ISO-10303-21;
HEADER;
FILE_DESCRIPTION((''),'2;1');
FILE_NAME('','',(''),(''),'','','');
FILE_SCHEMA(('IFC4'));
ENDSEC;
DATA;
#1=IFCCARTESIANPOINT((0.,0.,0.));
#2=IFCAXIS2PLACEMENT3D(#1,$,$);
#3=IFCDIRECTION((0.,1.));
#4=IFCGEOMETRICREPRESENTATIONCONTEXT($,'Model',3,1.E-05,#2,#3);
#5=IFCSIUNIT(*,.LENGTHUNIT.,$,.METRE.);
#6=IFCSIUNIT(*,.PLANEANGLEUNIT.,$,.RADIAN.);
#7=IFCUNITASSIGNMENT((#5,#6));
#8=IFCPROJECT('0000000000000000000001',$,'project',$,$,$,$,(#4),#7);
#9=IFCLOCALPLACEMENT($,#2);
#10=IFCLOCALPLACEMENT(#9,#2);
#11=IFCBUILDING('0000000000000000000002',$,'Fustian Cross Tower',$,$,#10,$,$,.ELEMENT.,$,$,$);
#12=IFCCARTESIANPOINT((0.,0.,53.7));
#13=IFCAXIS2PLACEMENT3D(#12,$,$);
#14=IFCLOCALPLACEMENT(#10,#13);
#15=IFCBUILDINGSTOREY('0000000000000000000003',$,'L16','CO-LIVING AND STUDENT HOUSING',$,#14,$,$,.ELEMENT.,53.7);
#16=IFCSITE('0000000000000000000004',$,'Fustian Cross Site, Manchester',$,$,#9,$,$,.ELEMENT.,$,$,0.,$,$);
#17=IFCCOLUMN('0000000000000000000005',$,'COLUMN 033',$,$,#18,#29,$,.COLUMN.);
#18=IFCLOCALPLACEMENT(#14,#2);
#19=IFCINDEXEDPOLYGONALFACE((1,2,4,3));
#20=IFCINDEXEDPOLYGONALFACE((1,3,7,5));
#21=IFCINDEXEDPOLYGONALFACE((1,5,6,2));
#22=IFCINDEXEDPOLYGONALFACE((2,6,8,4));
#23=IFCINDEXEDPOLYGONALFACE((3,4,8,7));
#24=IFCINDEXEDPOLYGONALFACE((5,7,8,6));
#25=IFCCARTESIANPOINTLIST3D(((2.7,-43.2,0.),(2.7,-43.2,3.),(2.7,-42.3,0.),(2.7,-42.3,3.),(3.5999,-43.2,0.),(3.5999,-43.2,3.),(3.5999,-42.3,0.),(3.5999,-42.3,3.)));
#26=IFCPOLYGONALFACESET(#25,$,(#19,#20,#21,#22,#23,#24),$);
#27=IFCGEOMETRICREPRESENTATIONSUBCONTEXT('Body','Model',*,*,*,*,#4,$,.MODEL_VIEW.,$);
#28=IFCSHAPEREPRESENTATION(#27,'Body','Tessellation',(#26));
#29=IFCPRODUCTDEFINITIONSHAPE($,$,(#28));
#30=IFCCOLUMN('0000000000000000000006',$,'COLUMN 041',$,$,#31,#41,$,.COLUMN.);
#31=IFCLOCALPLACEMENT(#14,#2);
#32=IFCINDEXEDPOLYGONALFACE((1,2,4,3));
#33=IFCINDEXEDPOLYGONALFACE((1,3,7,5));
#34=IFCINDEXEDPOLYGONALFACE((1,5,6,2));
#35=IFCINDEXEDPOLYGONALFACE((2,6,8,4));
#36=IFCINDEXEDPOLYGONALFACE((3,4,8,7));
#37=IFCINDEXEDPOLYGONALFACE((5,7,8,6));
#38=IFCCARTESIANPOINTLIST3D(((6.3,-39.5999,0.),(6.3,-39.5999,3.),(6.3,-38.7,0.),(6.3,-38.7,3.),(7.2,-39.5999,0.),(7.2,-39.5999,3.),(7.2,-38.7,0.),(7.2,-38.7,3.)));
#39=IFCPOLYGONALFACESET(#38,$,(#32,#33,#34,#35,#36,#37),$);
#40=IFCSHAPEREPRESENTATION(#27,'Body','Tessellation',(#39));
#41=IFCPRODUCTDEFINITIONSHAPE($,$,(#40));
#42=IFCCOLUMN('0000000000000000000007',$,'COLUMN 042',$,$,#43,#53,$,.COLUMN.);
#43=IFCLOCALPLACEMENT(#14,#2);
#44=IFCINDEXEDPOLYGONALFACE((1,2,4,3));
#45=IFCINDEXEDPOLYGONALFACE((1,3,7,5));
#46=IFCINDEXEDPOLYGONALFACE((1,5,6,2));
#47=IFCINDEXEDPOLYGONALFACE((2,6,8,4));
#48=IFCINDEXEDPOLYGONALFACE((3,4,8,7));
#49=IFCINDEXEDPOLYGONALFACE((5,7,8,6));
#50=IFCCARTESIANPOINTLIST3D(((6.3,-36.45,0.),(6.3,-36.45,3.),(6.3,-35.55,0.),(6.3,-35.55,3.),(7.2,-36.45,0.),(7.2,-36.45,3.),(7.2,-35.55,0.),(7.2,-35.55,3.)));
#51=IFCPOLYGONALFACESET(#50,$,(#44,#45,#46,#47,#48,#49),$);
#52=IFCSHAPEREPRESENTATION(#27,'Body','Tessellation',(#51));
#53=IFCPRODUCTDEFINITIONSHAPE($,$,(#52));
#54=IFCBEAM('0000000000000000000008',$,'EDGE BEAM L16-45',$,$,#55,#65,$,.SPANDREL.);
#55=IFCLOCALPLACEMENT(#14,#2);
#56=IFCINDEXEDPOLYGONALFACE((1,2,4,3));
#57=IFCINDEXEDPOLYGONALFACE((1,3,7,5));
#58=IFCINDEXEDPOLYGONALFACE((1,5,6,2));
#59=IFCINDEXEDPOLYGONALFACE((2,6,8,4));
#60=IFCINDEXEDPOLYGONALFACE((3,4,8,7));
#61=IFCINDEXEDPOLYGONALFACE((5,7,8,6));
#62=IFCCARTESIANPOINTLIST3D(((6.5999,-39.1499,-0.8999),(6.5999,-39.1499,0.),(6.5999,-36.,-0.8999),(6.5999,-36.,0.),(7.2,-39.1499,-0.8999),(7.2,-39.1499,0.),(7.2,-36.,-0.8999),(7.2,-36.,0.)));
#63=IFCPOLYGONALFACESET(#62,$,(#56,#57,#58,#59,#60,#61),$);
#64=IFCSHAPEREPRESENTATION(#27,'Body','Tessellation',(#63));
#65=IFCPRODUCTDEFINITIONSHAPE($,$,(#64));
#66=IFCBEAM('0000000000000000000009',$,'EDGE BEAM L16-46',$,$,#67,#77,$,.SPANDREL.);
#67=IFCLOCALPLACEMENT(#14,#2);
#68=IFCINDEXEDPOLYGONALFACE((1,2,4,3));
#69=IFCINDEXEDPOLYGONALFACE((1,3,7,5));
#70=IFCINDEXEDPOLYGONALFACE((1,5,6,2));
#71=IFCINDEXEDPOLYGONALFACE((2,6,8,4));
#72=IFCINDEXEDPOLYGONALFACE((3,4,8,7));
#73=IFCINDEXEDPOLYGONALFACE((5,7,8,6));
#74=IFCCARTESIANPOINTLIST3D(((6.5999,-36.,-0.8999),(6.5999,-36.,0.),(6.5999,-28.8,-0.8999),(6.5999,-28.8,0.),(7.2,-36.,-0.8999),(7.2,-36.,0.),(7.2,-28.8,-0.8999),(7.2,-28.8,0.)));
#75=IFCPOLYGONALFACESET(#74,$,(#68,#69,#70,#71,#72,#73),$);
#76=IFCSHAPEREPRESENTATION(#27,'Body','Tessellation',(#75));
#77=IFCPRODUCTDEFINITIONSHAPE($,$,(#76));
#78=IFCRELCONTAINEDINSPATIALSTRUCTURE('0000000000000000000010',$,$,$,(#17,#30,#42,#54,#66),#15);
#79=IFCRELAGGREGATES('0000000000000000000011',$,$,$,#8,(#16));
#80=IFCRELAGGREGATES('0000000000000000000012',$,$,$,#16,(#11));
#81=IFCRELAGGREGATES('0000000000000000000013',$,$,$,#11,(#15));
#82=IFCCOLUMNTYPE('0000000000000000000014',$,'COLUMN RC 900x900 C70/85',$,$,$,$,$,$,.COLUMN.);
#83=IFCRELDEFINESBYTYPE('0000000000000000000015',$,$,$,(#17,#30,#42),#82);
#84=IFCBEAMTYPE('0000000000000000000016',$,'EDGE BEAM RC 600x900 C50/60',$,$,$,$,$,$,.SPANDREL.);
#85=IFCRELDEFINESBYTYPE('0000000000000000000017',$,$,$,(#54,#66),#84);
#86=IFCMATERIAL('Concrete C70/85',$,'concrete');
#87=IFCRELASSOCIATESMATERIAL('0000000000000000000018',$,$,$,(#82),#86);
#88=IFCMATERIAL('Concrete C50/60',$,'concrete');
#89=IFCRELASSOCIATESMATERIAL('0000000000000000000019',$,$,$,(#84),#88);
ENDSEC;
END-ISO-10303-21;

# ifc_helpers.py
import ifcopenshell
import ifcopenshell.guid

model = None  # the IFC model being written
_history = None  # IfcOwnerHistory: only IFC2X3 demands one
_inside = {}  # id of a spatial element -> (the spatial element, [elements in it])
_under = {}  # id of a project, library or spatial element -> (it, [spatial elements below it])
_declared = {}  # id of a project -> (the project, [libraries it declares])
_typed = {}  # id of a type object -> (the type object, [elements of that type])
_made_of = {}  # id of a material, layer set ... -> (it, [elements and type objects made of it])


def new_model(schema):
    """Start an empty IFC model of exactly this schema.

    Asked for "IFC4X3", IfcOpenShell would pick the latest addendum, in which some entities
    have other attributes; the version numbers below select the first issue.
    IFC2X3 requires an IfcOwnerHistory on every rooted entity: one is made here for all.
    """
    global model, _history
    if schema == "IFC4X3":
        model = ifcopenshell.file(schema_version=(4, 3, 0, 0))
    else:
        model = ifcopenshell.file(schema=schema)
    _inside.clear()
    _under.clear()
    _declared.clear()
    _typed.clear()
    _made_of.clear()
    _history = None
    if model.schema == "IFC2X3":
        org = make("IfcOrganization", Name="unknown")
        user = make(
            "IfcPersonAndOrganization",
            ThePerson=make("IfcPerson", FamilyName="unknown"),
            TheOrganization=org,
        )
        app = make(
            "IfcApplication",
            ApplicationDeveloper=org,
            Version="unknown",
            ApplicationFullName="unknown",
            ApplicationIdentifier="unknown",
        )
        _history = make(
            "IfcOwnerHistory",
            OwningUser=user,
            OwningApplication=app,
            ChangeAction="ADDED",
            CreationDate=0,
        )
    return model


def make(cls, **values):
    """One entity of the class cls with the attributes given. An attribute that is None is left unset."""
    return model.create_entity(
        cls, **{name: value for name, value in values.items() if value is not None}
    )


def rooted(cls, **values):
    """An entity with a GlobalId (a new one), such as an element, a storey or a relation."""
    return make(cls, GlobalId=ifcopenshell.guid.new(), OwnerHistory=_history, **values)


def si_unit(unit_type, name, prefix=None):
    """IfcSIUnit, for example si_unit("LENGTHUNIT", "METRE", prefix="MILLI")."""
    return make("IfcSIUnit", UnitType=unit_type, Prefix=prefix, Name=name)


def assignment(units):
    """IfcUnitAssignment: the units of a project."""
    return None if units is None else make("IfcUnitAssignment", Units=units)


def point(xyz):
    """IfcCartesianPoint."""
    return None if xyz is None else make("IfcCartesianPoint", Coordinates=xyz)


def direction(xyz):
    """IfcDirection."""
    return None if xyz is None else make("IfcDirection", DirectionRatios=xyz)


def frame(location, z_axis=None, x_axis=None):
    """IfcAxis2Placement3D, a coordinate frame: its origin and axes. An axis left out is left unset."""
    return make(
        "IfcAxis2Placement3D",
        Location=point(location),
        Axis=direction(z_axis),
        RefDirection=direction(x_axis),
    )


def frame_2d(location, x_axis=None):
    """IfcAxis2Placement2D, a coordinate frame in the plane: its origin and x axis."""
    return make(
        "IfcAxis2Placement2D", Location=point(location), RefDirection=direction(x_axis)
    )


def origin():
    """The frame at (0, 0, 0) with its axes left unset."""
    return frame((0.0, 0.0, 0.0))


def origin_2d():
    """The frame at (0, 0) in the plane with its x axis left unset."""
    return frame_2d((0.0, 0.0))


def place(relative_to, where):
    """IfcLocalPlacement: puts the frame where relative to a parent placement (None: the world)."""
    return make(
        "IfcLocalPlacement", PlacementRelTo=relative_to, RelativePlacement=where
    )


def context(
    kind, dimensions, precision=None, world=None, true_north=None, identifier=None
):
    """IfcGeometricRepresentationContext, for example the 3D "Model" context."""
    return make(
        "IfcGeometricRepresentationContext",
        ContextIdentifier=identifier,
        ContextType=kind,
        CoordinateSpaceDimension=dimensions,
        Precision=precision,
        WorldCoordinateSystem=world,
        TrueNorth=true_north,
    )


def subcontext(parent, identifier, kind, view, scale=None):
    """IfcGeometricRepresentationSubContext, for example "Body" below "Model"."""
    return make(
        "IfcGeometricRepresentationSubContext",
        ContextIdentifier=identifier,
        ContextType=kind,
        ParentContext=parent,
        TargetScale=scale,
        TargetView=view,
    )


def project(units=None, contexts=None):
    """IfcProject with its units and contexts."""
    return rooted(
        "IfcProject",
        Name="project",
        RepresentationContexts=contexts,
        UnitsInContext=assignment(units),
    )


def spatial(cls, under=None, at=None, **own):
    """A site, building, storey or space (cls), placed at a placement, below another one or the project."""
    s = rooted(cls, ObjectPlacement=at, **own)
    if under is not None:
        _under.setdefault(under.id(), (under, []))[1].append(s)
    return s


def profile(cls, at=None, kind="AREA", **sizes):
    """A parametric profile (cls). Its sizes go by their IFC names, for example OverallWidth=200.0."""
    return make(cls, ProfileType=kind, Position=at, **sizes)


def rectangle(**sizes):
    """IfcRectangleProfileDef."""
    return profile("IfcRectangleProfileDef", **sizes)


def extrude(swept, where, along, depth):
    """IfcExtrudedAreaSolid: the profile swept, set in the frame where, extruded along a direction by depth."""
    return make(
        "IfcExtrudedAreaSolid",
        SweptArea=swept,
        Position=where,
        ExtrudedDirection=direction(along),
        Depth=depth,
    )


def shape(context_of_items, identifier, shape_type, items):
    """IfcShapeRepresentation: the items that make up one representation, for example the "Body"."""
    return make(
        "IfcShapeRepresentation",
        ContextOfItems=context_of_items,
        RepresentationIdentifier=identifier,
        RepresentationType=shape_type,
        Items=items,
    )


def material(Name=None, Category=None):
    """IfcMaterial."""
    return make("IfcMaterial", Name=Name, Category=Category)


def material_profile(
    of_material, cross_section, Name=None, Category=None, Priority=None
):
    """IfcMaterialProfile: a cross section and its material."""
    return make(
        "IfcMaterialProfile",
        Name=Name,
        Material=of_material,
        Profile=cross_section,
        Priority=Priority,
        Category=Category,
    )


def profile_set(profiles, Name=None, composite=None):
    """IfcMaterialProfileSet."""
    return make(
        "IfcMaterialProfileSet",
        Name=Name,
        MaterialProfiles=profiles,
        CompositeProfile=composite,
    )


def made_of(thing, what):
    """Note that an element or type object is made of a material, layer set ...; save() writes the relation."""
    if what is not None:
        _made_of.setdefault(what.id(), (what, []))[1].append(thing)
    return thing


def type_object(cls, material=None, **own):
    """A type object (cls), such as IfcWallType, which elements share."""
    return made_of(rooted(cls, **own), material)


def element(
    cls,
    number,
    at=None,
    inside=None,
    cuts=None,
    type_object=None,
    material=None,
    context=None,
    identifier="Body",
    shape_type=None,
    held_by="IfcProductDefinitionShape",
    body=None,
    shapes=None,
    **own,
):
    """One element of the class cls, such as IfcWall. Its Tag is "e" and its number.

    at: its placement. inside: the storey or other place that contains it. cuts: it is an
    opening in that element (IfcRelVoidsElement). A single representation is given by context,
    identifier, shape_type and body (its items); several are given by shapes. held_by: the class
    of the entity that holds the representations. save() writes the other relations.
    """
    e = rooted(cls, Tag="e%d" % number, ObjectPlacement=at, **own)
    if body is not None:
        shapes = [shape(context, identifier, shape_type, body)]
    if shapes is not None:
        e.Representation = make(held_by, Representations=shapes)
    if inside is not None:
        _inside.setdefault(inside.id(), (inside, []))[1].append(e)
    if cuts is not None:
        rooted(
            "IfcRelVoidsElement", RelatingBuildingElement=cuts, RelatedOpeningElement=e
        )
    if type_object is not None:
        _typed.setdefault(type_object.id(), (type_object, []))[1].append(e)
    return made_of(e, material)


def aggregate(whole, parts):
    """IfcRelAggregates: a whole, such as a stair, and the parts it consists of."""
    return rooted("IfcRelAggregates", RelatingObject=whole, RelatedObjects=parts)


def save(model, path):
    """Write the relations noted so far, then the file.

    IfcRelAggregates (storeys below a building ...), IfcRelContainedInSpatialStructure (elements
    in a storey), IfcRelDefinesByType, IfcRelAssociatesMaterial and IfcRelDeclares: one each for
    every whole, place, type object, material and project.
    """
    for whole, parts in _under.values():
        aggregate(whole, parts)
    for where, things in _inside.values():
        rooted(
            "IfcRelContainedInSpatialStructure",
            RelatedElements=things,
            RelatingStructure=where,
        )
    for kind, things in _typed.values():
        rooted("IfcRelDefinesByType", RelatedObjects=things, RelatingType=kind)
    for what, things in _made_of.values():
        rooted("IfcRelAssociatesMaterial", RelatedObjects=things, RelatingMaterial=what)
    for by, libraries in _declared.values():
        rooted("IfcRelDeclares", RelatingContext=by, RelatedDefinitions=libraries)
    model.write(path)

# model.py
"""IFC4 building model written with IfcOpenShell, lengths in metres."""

from ifc_helpers import new_model, si_unit, direction, frame, origin, origin_2d, place, context, subcontext, project, spatial, rectangle, extrude, material, material_profile, profile_set, type_object, element, save


model = new_model("IFC4")

# Units and contexts
model_context = context("Model", 3, precision=1e-05, world=origin(), true_north=direction((0.0, 1.0)))
body_context = subcontext(model_context, "Body", "Model", "MODEL_VIEW")
ifc_project = project(units=[si_unit("LENGTHUNIT", "METRE"), si_unit("PLANEANGLEUNIT", "RADIAN")], contexts=[model_context])

# Site, building, storey
site_placement = place(None, origin())
site = spatial("IfcSite", under=ifc_project, at=site_placement, Name="Fustian Cross Site, Manchester", CompositionType="ELEMENT", RefElevation=0.0)
building_placement = place(site_placement, origin())
building = spatial("IfcBuilding", under=site, at=building_placement, Name="Fustian Cross Tower", CompositionType="ELEMENT")
storey_placement = place(building_placement, frame((0.0, 0.0, 53.7)))
storey = spatial("IfcBuildingStorey", under=building, at=storey_placement, Name="L16", Description="CO-LIVING AND STUDENT HOUSING", CompositionType="ELEMENT", Elevation=53.7)

# Columns
ifc_material_1 = material(Name="Concrete C70/85", Category="concrete")
ifc_material_profile_1 = material_profile(ifc_material_1, rectangle(XDim=0.8999, YDim=0.8999, at=origin_2d()), Name="RC 900x900")
ifc_profile_set_1 = profile_set([ifc_material_profile_1], Name="Concrete C70/85")
column_type = type_object("IfcColumnType", Name="COLUMN RC 900x900 C70/85", PredefinedType="COLUMN", material=ifc_profile_set_1)
for number, where, z_axis, x_axis, name in (
    (1, (3.1499, -42.75, 0.0), (0.0, 0.0, 1.0), (1.0, 0.0, 0.0), "COLUMN 033"),
    (2, (6.75, -39.1499, 0.0), (0.0, 0.0, 1.0), (1.0, 0.0, 0.0), "COLUMN 041"),
    (3, (6.75, -36.0, 0.0), (0.0, 0.0, 1.0), (1.0, 0.0, 0.0), "COLUMN 042"),
):
    element("IfcColumn", number, at=place(storey_placement, frame(where, z_axis=z_axis, x_axis=x_axis)), inside=storey, type_object=column_type, Name=name, PredefinedType="COLUMN", context=body_context, shape_type="SweptSolid", body=[
        extrude(rectangle(XDim=0.8999, YDim=0.8999, at=origin_2d()), origin(), (0.0, 0.0, 1.0), 3.0),
    ])

# Beams
ifc_material_2 = material(Name="Concrete C50/60", Category="concrete")
ifc_material_profile_2 = material_profile(ifc_material_2, rectangle(XDim=0.6001, YDim=0.8999, at=origin_2d()), Name="RC 600x900")
ifc_profile_set_2 = profile_set([ifc_material_profile_2], Name="Concrete C50/60")
beam_type = type_object("IfcBeamType", Name="EDGE BEAM RC 600x900 C50/60", PredefinedType="SPANDREL", material=ifc_profile_set_2)
beam_1_placement = place(storey_placement, frame((6.8999, -39.1499, -0.45), z_axis=(0.0, 1.0, 0.0), x_axis=(-1.0, 0.0, 0.0)))
element("IfcBeam", 4, at=beam_1_placement, inside=storey, type_object=beam_type, Name="EDGE BEAM L16-45", PredefinedType="SPANDREL", context=body_context, shape_type="SweptSolid", body=[
    extrude(rectangle(XDim=0.6001, YDim=0.8999, at=origin_2d()), origin(), (0.0, 0.0, 1.0), 3.1499),
])
beam_2_placement = place(storey_placement, frame((6.8999, -36.0, -0.45), z_axis=(0.0, 1.0, 0.0), x_axis=(-1.0, 0.0, 0.0)))
element("IfcBeam", 5, at=beam_2_placement, inside=storey, type_object=beam_type, Name="EDGE BEAM L16-46", PredefinedType="SPANDREL", context=body_context, shape_type="SweptSolid", body=[
    extrude(rectangle(XDim=0.6001, YDim=0.8999, at=origin_2d()), origin(), (0.0, 0.0, 1.0), 7.2),
])

save(model, "model.ifc")
